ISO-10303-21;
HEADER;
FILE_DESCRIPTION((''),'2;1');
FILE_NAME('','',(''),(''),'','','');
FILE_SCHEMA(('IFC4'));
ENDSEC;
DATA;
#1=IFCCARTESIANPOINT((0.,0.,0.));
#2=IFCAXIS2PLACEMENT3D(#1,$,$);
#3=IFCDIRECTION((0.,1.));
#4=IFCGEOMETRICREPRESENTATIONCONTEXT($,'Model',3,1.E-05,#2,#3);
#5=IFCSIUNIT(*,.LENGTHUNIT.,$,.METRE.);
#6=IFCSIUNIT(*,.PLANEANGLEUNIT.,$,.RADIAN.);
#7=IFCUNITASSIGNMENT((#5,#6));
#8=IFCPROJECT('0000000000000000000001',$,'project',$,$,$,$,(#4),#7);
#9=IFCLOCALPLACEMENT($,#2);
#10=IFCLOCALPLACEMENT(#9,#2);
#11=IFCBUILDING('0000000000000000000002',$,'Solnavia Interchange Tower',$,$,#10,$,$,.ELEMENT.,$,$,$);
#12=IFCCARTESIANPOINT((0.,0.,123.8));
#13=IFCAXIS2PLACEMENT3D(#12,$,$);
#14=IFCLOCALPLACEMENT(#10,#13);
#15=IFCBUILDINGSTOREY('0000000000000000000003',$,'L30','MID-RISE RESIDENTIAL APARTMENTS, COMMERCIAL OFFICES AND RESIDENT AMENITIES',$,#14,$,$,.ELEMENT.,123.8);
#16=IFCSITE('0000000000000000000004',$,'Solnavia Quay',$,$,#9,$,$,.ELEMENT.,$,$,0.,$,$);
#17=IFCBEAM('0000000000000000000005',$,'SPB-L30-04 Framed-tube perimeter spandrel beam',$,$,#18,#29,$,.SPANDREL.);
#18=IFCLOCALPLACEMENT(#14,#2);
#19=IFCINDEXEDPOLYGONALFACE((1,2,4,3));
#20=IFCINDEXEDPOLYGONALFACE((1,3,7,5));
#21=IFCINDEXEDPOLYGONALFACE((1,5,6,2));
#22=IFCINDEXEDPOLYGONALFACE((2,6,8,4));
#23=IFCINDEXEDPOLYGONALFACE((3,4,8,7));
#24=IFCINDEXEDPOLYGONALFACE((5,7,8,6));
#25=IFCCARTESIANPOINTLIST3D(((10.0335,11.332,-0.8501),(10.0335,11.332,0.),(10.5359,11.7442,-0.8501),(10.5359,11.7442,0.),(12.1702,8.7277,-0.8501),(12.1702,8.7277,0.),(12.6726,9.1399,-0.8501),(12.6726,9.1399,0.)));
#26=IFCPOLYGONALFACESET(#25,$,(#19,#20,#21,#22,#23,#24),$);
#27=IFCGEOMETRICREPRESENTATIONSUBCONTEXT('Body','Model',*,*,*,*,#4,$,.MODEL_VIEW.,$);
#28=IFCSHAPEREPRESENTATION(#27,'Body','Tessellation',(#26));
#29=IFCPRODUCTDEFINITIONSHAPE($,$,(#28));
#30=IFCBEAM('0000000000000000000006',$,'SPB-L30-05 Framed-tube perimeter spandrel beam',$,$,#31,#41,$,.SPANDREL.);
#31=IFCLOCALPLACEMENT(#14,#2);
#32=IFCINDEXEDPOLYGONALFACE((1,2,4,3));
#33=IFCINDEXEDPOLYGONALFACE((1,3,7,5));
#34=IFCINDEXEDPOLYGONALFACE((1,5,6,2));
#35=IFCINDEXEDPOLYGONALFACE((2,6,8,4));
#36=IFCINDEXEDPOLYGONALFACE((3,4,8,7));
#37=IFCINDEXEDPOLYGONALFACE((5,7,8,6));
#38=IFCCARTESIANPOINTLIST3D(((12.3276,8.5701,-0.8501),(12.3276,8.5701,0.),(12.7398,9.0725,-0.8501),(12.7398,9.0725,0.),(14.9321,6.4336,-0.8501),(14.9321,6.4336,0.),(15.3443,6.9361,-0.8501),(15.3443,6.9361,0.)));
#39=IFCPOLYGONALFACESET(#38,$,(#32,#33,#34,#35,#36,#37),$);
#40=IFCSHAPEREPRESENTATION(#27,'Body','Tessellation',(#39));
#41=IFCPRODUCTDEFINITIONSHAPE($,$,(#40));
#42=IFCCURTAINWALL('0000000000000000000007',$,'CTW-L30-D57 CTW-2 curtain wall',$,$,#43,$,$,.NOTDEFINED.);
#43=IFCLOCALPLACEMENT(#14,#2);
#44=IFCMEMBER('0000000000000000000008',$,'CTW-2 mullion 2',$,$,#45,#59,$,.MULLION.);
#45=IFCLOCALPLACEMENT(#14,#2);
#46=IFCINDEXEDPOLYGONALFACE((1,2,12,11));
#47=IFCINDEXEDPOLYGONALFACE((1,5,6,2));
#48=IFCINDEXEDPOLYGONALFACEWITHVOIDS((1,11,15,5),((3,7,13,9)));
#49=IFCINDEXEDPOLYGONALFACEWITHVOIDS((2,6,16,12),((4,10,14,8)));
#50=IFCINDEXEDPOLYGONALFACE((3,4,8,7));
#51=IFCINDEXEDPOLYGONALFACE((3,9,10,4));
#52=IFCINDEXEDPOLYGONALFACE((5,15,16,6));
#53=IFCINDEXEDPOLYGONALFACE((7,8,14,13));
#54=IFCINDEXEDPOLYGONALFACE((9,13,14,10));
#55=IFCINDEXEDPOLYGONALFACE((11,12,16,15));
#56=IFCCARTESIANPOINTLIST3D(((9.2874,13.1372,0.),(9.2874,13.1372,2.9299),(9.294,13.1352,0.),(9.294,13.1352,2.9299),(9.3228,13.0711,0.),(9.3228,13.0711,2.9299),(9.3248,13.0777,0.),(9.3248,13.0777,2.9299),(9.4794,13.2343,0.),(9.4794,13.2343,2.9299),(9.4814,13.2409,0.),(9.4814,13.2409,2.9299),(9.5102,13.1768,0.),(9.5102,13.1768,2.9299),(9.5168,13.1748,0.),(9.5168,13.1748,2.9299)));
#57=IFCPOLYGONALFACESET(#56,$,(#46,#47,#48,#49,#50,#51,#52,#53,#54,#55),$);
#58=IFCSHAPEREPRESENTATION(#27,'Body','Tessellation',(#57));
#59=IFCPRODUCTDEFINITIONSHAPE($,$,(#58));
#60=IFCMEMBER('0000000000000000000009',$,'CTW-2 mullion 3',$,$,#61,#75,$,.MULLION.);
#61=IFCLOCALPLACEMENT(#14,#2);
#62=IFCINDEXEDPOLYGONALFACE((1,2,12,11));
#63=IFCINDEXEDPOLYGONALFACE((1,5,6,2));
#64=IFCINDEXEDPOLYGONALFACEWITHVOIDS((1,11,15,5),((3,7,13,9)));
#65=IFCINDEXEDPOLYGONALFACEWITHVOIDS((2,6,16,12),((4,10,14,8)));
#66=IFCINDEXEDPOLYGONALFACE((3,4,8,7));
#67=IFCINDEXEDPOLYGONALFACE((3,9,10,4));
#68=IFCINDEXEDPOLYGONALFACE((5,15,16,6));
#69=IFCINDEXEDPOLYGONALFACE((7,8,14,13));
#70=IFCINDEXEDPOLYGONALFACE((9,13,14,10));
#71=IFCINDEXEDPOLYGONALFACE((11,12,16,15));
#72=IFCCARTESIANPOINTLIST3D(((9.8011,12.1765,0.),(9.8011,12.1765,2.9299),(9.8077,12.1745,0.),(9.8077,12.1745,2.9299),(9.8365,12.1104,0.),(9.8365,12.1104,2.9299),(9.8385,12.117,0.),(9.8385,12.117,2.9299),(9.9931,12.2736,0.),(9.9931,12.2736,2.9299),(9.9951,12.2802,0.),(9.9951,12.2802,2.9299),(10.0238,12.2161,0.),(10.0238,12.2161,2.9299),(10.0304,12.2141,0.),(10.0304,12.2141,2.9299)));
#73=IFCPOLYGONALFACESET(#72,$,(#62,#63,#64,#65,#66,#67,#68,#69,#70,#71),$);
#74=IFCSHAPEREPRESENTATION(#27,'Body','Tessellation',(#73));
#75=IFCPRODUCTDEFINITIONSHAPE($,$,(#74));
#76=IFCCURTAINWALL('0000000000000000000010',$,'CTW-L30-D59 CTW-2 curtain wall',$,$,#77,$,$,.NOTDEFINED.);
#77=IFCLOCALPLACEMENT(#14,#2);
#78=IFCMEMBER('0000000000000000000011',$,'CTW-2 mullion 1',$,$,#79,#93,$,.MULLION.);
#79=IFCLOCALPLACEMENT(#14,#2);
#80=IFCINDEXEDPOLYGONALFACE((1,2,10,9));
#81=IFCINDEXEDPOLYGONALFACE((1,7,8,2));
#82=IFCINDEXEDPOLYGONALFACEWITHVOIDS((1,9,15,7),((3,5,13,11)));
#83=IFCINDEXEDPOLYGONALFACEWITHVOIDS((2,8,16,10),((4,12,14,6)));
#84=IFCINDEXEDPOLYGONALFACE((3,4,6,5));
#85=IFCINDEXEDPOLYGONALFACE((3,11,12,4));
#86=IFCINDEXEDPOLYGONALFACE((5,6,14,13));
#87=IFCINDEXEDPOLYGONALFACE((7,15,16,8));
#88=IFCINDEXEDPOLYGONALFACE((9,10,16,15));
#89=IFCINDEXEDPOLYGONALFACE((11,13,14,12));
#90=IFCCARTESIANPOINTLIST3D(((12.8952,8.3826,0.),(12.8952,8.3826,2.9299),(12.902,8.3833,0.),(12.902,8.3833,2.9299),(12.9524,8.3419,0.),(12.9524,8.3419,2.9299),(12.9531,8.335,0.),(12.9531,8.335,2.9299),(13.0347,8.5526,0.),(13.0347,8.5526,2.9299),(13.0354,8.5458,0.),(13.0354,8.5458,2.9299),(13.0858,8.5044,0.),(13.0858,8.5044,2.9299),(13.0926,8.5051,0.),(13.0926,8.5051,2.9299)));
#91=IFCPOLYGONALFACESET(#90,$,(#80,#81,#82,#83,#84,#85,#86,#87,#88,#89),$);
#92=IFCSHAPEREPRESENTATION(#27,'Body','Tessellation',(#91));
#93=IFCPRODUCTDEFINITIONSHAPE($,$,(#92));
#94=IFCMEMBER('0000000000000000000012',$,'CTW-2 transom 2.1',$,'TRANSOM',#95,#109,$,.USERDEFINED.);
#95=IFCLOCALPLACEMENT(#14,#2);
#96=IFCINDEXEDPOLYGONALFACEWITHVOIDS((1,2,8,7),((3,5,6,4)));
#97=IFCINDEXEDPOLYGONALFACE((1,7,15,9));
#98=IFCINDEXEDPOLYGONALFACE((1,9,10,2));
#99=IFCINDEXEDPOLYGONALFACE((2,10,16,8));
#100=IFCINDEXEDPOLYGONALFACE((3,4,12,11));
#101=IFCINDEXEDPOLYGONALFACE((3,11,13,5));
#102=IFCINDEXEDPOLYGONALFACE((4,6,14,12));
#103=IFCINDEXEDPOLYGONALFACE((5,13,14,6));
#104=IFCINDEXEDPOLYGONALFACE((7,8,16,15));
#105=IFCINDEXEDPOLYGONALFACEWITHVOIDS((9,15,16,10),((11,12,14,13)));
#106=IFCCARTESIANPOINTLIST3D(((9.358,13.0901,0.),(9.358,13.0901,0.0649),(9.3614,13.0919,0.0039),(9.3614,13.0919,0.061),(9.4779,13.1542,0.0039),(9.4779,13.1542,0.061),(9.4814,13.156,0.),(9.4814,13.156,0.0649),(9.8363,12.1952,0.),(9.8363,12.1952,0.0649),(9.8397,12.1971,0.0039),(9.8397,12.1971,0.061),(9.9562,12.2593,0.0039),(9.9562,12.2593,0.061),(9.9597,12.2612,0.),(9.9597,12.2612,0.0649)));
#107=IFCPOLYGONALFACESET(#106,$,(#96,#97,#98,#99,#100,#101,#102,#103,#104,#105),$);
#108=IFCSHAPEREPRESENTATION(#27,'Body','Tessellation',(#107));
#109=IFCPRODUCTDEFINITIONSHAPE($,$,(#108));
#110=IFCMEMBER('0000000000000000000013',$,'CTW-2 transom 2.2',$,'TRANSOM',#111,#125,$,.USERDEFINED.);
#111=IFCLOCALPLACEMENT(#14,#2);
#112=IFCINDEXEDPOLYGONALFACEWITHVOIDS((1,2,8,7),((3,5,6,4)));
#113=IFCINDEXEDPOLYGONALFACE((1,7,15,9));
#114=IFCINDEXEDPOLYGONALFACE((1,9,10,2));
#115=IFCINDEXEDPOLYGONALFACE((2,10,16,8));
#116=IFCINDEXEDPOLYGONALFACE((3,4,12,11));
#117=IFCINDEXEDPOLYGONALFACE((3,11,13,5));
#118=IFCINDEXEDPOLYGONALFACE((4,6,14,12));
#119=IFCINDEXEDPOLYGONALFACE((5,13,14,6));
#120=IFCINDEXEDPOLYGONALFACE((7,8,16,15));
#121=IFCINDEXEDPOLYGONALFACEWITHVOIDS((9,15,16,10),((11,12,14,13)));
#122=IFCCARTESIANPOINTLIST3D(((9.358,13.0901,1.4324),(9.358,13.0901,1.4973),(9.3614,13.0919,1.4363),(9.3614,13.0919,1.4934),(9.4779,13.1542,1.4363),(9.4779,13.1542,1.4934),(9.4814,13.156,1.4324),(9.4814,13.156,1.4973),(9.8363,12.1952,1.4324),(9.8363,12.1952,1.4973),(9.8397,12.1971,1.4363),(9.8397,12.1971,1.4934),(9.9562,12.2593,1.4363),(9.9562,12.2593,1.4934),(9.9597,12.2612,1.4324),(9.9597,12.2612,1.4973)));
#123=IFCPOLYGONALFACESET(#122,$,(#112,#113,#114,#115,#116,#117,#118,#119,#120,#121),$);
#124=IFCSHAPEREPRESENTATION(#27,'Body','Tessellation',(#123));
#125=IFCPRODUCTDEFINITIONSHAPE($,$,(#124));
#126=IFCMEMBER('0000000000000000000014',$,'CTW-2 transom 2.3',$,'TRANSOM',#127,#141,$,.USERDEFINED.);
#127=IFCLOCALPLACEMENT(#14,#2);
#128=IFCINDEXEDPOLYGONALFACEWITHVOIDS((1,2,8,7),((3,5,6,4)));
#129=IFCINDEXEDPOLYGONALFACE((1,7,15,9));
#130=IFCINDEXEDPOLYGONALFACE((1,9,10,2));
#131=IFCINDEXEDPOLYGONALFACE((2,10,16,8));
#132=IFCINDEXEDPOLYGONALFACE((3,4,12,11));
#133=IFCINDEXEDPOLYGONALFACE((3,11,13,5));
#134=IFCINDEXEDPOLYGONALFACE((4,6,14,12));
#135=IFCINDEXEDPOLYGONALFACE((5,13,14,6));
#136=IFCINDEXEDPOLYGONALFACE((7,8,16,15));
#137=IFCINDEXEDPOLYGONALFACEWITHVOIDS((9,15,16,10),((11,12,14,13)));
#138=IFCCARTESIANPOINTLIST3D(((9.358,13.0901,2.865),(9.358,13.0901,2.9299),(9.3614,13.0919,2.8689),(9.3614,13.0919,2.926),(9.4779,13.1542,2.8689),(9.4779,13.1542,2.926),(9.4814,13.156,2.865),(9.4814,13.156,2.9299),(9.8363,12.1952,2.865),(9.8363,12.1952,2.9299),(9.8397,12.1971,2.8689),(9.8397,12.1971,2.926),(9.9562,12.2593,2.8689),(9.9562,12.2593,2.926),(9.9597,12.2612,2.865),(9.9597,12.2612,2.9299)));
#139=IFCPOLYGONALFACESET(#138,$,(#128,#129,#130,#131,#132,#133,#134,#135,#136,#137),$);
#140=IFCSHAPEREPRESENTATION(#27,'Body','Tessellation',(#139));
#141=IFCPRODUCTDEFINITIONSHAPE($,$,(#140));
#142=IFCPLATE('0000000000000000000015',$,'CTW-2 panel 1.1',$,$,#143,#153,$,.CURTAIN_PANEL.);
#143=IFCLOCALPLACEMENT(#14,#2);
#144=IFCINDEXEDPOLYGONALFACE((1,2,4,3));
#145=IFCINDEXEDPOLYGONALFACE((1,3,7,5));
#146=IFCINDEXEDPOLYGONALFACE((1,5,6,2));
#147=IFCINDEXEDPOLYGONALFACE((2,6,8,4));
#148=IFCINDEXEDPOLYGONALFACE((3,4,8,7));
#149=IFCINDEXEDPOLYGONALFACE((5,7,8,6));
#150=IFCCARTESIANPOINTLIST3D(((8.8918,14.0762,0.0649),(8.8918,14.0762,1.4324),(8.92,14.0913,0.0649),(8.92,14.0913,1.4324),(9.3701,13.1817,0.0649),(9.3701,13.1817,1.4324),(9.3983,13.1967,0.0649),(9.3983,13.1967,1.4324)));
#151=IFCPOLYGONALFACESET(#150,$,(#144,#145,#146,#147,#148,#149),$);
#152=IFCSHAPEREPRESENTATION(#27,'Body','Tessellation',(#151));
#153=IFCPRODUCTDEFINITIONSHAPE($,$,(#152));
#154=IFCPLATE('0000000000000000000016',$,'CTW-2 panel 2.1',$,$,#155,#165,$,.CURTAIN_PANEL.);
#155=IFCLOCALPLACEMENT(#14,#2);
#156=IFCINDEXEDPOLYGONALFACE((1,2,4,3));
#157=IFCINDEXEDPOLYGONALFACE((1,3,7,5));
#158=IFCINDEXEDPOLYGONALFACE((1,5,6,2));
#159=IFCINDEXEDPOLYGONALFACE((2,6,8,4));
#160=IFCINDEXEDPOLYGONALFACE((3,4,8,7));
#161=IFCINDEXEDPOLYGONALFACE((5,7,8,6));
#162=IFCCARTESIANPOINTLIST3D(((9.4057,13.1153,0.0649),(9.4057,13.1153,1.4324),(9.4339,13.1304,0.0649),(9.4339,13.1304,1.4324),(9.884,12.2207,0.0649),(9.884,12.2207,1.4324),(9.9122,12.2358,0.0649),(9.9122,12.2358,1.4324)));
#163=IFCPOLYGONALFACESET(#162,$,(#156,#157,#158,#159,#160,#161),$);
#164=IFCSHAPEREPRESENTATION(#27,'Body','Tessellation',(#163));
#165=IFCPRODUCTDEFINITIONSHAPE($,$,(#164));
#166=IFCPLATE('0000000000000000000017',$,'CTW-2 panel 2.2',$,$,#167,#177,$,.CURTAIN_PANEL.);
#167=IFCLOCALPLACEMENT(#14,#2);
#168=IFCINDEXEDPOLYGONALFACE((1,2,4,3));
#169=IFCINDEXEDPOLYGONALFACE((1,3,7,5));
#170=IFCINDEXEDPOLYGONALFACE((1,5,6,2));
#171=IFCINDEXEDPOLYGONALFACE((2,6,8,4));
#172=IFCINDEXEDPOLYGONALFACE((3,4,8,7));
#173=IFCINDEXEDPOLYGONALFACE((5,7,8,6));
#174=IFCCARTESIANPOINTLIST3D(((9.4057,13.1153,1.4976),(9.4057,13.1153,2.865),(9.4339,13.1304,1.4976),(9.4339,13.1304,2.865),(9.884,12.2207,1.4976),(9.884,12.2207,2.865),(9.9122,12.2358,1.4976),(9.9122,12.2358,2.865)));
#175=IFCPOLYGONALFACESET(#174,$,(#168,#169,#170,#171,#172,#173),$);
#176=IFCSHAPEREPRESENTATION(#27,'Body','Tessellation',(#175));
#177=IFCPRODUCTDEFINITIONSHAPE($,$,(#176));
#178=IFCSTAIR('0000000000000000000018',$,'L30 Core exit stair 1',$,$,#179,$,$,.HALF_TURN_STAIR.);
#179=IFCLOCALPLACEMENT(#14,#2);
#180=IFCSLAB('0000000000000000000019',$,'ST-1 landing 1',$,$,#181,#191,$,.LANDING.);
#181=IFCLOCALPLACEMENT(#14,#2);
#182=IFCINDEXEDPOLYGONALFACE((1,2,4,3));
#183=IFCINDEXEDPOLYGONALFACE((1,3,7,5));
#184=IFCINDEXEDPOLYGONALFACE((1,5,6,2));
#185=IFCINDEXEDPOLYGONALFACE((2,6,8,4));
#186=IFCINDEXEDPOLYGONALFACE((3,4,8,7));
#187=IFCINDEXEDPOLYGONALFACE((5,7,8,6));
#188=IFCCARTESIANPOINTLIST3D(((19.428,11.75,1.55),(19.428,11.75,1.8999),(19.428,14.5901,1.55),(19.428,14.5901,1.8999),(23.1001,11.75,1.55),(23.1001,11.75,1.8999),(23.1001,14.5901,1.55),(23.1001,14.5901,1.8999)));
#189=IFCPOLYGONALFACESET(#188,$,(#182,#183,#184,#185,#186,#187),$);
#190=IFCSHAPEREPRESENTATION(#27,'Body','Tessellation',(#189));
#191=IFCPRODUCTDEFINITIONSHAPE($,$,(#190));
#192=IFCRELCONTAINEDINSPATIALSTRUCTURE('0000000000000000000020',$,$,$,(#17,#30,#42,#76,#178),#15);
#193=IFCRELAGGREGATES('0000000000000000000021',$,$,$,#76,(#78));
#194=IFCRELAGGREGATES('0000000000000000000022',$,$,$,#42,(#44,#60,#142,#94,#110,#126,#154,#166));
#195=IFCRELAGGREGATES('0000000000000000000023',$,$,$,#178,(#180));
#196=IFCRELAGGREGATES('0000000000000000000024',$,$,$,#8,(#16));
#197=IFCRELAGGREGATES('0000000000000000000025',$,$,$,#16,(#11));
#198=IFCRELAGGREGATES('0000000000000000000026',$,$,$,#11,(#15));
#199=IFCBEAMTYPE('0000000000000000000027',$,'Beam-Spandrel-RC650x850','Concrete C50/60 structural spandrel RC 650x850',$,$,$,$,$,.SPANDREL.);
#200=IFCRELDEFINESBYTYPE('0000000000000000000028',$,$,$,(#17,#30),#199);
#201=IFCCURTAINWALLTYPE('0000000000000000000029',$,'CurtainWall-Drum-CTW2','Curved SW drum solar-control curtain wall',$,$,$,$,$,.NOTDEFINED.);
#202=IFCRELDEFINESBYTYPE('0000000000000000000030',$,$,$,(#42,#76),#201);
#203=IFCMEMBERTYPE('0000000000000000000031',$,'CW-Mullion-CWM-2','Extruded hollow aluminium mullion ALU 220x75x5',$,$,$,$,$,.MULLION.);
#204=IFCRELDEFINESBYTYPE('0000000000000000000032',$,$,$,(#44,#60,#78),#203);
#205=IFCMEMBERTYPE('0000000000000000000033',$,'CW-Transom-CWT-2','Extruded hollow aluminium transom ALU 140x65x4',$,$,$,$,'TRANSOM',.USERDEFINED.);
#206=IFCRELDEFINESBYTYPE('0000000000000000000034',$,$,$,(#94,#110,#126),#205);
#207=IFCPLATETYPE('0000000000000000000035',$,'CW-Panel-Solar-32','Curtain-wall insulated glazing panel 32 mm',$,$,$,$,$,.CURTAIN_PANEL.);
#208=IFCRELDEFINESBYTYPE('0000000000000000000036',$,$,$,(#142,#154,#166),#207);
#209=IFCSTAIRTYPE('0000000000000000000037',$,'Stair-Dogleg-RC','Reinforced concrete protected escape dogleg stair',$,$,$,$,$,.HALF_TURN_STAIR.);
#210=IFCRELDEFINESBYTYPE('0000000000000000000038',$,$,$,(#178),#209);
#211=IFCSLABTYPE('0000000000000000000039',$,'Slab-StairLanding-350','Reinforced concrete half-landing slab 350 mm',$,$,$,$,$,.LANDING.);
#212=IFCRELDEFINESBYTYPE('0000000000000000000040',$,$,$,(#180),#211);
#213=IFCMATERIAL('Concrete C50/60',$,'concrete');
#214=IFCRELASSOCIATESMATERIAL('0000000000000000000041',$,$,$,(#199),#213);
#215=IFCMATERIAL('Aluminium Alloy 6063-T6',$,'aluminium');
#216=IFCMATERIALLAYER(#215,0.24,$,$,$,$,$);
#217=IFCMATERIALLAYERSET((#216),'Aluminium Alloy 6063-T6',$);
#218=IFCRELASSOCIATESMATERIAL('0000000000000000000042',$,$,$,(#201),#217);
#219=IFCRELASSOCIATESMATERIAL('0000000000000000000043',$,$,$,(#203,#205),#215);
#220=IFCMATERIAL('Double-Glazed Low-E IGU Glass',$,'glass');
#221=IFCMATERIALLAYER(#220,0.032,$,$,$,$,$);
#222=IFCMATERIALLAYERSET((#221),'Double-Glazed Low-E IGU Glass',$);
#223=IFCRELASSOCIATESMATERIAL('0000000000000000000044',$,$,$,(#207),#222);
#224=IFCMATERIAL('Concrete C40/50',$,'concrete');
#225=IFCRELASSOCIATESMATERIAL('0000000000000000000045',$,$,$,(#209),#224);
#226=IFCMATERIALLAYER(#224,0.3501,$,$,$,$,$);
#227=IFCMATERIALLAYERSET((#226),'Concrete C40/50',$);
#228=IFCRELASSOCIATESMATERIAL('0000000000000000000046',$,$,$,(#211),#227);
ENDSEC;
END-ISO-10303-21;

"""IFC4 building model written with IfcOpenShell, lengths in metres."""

from ifc_helpers import new_model, si_unit, direction, frame, origin, origin_2d, place, context, subcontext, project, spatial, polyline, rectangle, hollow_rectangle, outline, extrude, material, layer, layer_set, material_profile, profile_set, type_object, element, aggregate, save


model = new_model("IFC4")

# Units and contexts
model_context = context("Model", 3, precision=1e-05, world=origin(), true_north=direction((0.0, 1.0)))
body_context = subcontext(model_context, "Body", "Model", "MODEL_VIEW")
ifc_project = project(units=[si_unit("LENGTHUNIT", "METRE"), si_unit("PLANEANGLEUNIT", "RADIAN")], contexts=[model_context])

# Site, building, storey
site_placement = place(None, origin())
site = spatial("IfcSite", under=ifc_project, at=site_placement, Name="Solnavia Quay", CompositionType="ELEMENT", RefElevation=0.0)
building_placement = place(site_placement, origin())
building = spatial("IfcBuilding", under=site, at=building_placement, Name="Solnavia Interchange Tower", CompositionType="ELEMENT")
storey_placement = place(building_placement, frame((0.0, 0.0, 123.8)))
storey = spatial("IfcBuildingStorey", under=building, at=storey_placement, Name="L30", Description="MID-RISE RESIDENTIAL APARTMENTS, COMMERCIAL OFFICES AND RESIDENT AMENITIES", CompositionType="ELEMENT", Elevation=123.8)

# Beams
ifc_material_1 = material(Name="Concrete C50/60", Category="concrete")
ifc_material_profile_1 = material_profile(ifc_material_1, rectangle(XDim=0.6499, YDim=0.8501, at=origin_2d()), Name="RC 650x850")
ifc_profile_set_1 = profile_set([ifc_material_profile_1], Name="Concrete C50/60")
beam_type_1 = type_object("IfcBeamType", Name="Beam-Spandrel-RC650x850", Description="Concrete C50/60 structural spandrel RC 650x850", PredefinedType="SPANDREL", material=ifc_profile_set_1)
for number, where, z_axis, x_axis, name in (
    (1, (10.2847, 11.5381, -0.425), (0.634299, -0.773088, 0.0), (0.773088, 0.634299, 0.0), "SPB-L30-04 Framed-tube perimeter spandrel beam"),
    (2, (12.5337, 8.8213, -0.425), (0.773153, -0.63422, 0.0), (0.63422, 0.773153, 0.0), "SPB-L30-05 Framed-tube perimeter spandrel beam"),
):
    element("IfcBeam", number, at=place(storey_placement, frame(where, z_axis=z_axis, x_axis=x_axis)), inside=storey, type_object=beam_type_1, Name=name, PredefinedType="SPANDREL", context=body_context, shape_type="SweptSolid", body=[
        extrude(rectangle(XDim=0.6499, YDim=0.8501, at=origin_2d()), origin(), (0.0, 0.0, 1.0), 3.3687),
    ])

# Curtain wall, members
ifc_material_2 = material(Name="Aluminium Alloy 6063-T6", Category="aluminium")
ifc_layer_1 = layer(ifc_material_2, 0.24)
ifc_layer_set_1 = layer_set([ifc_layer_1], Name="Aluminium Alloy 6063-T6")
curtain_wall_type = type_object("IfcCurtainWallType", Name="CurtainWall-Drum-CTW2", Description="Curved SW drum solar-control curtain wall", PredefinedType="NOTDEFINED", material=ifc_layer_set_1)
curtain_wall_1_placement = place(storey_placement, origin())
curtain_wall_1 = element("IfcCurtainWall", 3, at=curtain_wall_1_placement, inside=storey, type_object=curtain_wall_type, Name="CTW-L30-D57 CTW-2 curtain wall", PredefinedType="NOTDEFINED")
ifc_material_profile_2 = material_profile(ifc_material_2, hollow_rectangle(XDim=0.075, YDim=0.22, WallThickness=0.0049, at=origin_2d()), Name="ALU 220x75x5")
ifc_profile_set_2 = profile_set([ifc_material_profile_2], Name="Aluminium Alloy 6063-T6")
member_type_1 = type_object("IfcMemberType", Name="CW-Mullion-CWM-2", Description="Extruded hollow aluminium mullion ALU 220x75x5", PredefinedType="MULLION", material=ifc_profile_set_2)
member_1_placement = place(storey_placement, frame((9.4021, 13.156, 0.0), z_axis=(0.0, 0.0, 1.0), x_axis=(0.471537, -0.881846, 0.0)))
member_1 = element("IfcMember", 4, at=member_1_placement, type_object=member_type_1, Name="CTW-2 mullion 2", PredefinedType="MULLION", context=body_context, shape_type="SweptSolid", body=[
    extrude(hollow_rectangle(XDim=0.075, YDim=0.22, WallThickness=0.0049, at=origin_2d()), origin(), (0.0, 0.0, 1.0), 2.9299),
])
member_2_placement = place(storey_placement, frame((9.9158, 12.1953, 0.0), z_axis=(0.0, 0.0, 1.0), x_axis=(0.471537, -0.881846, 0.0)))
member_2 = element("IfcMember", 5, at=member_2_placement, type_object=member_type_1, Name="CTW-2 mullion 3", PredefinedType="MULLION", context=body_context, shape_type="SweptSolid", body=[
    extrude(hollow_rectangle(XDim=0.075, YDim=0.22, WallThickness=0.0049, at=origin_2d()), origin(), (0.0, 0.0, 1.0), 2.9299),
])

# Curtain wall, member
curtain_wall_2_placement = place(storey_placement, origin())
curtain_wall_2 = element("IfcCurtainWall", 6, at=curtain_wall_2_placement, inside=storey, type_object=curtain_wall_type, Name="CTW-L30-D59 CTW-2 curtain wall", PredefinedType="NOTDEFINED")
member_3_placement = place(storey_placement, frame((12.9939, 8.4438, 0.0), z_axis=(0.0, 0.0, 1.0), x_axis=(0.773095, -0.634291, 0.0)))
member_3 = element("IfcMember", 7, at=member_3_placement, type_object=member_type_1, Name="CTW-2 mullion 1", PredefinedType="MULLION", context=body_context, shape_type="SweptSolid", body=[
    extrude(hollow_rectangle(XDim=0.075, YDim=0.22, WallThickness=0.0049, at=origin_2d()), origin(), (0.0, 0.0, 1.0), 2.9299),
])
aggregate(curtain_wall_2, [member_3])

# Members
ifc_material_profile_3 = material_profile(ifc_material_2, hollow_rectangle(XDim=0.0649, YDim=0.1399, WallThickness=0.0039, at=origin_2d()), Name="ALU 140x65x4")
ifc_profile_set_3 = profile_set([ifc_material_profile_3], Name="Aluminium Alloy 6063-T6")
member_type_2 = type_object("IfcMemberType", Name="CW-Transom-CWT-2", Description="Extruded hollow aluminium transom ALU 140x65x4", ElementType="TRANSOM", PredefinedType="USERDEFINED", material=ifc_profile_set_3)
member_4_placement = place(storey_placement, frame((9.4197, 13.123, 0.0325), z_axis=(0.4714, -0.88192, 0.0), x_axis=(0.0, 0.0, 1.0)))
member_4 = element("IfcMember", 8, at=member_4_placement, type_object=member_type_2, Name="CTW-2 transom 2.1", ObjectType="TRANSOM", PredefinedType="USERDEFINED", context=body_context, shape_type="SweptSolid", body=[
    extrude(hollow_rectangle(XDim=0.0649, YDim=0.1399, WallThickness=0.0039, at=origin_2d()), origin(), (0.0, 0.0, 1.0), 1.0146),
])
member_5_placement = place(storey_placement, frame((9.4197, 13.123, 1.4648), z_axis=(0.4714, -0.88192, 0.0), x_axis=(0.0, 0.0, 1.0)))
member_5 = element("IfcMember", 9, at=member_5_placement, type_object=member_type_2, Name="CTW-2 transom 2.2", ObjectType="TRANSOM", PredefinedType="USERDEFINED", context=body_context, shape_type="SweptSolid", body=[
    extrude(hollow_rectangle(XDim=0.0649, YDim=0.1399, WallThickness=0.0039, at=origin_2d()), origin(), (0.0, 0.0, 1.0), 1.0146),
])
member_6_placement = place(storey_placement, frame((9.4197, 13.123, 2.8975), z_axis=(0.4714, -0.88192, 0.0), x_axis=(0.0, 0.0, 1.0)))
member_6 = element("IfcMember", 10, at=member_6_placement, type_object=member_type_2, Name="CTW-2 transom 2.3", ObjectType="TRANSOM", PredefinedType="USERDEFINED", context=body_context, shape_type="SweptSolid", body=[
    extrude(hollow_rectangle(XDim=0.0649, YDim=0.1399, WallThickness=0.0039, at=origin_2d()), origin(), (0.0, 0.0, 1.0), 1.0146),
])

# Plates
ifc_material_3 = material(Name="Double-Glazed Low-E IGU Glass", Category="glass")
ifc_layer_2 = layer(ifc_material_3, 0.032)
ifc_layer_set_2 = layer_set([ifc_layer_2], Name="Double-Glazed Low-E IGU Glass")
plate_type = type_object("IfcPlateType", Name="CW-Panel-Solar-32", Description="Curtain-wall insulated glazing panel 32 mm", PredefinedType="CURTAIN_PANEL", material=ifc_layer_set_2)
plate_1_placement = place(storey_placement, frame((9.145, 13.6365, 0.0649), z_axis=(0.0, 0.0, 1.0), x_axis=(0.471537, -0.881846, 0.0)))
plate_1 = element("IfcPlate", 11, at=plate_1_placement, type_object=plate_type, Name="CTW-2 panel 1.1", PredefinedType="CURTAIN_PANEL", context=body_context, shape_type="SweptSolid", body=[
    extrude(rectangle(XDim=1.0144, YDim=0.032, at=origin_2d()), origin(), (0.0, 0.0, 1.0), 1.3674),
])
plate_2_placement = place(storey_placement, frame((9.6589, 12.6755, 0.0649), z_axis=(0.0, 0.0, 1.0), x_axis=(0.471537, -0.881846, 0.0)))
plate_2 = element("IfcPlate", 12, at=plate_2_placement, type_object=plate_type, Name="CTW-2 panel 2.1", PredefinedType="CURTAIN_PANEL", context=body_context, shape_type="SweptSolid", body=[
    extrude(rectangle(XDim=1.0144, YDim=0.032, at=origin_2d()), origin(), (0.0, 0.0, 1.0), 1.3674),
])
plate_3_placement = place(storey_placement, frame((9.6589, 12.6755, 1.4976), z_axis=(0.0, 0.0, 1.0), x_axis=(0.471537, -0.881846, 0.0)))
plate_3 = element("IfcPlate", 13, at=plate_3_placement, type_object=plate_type, Name="CTW-2 panel 2.2", PredefinedType="CURTAIN_PANEL", context=body_context, shape_type="SweptSolid", body=[
    extrude(rectangle(XDim=1.0144, YDim=0.032, at=origin_2d()), origin(), (0.0, 0.0, 1.0), 1.3674),
])
aggregate(curtain_wall_1, [member_1, member_2, plate_1, member_4, member_5, member_6, plate_2, plate_3])

# Stair, slab
ifc_material_4 = material(Name="Concrete C40/50", Category="concrete")
stair_type = type_object("IfcStairType", Name="Stair-Dogleg-RC", Description="Reinforced concrete protected escape dogleg stair", PredefinedType="HALF_TURN_STAIR", material=ifc_material_4)
stair_1_placement = place(storey_placement, origin())
stair_1 = element("IfcStair", 14, at=stair_1_placement, inside=storey, type_object=stair_type, Name="L30 Core exit stair 1", PredefinedType="HALF_TURN_STAIR")
ifc_layer_3 = layer(ifc_material_4, 0.3501)
ifc_layer_set_3 = layer_set([ifc_layer_3], Name="Concrete C40/50")
slab_type_1 = type_object("IfcSlabType", Name="Slab-StairLanding-350", Description="Reinforced concrete half-landing slab 350 mm", PredefinedType="LANDING", material=ifc_layer_set_3)
slab_1_placement = place(storey_placement, frame((0.0, 0.0, 1.55)))
slab_1 = element("IfcSlab", 15, at=slab_1_placement, type_object=slab_type_1, Name="ST-1 landing 1", PredefinedType="LANDING", context=body_context, shape_type="SweptSolid", body=[
    extrude(outline(polyline([(19.428, 11.75), (23.1001, 11.75), (23.1001, 14.5901), (19.428, 14.5901), (19.428, 11.75)])), origin(), (0.0, 0.0, 1.0), 0.3499),
])
aggregate(stair_1, [slab_1])

save(model, "model.ifc")
